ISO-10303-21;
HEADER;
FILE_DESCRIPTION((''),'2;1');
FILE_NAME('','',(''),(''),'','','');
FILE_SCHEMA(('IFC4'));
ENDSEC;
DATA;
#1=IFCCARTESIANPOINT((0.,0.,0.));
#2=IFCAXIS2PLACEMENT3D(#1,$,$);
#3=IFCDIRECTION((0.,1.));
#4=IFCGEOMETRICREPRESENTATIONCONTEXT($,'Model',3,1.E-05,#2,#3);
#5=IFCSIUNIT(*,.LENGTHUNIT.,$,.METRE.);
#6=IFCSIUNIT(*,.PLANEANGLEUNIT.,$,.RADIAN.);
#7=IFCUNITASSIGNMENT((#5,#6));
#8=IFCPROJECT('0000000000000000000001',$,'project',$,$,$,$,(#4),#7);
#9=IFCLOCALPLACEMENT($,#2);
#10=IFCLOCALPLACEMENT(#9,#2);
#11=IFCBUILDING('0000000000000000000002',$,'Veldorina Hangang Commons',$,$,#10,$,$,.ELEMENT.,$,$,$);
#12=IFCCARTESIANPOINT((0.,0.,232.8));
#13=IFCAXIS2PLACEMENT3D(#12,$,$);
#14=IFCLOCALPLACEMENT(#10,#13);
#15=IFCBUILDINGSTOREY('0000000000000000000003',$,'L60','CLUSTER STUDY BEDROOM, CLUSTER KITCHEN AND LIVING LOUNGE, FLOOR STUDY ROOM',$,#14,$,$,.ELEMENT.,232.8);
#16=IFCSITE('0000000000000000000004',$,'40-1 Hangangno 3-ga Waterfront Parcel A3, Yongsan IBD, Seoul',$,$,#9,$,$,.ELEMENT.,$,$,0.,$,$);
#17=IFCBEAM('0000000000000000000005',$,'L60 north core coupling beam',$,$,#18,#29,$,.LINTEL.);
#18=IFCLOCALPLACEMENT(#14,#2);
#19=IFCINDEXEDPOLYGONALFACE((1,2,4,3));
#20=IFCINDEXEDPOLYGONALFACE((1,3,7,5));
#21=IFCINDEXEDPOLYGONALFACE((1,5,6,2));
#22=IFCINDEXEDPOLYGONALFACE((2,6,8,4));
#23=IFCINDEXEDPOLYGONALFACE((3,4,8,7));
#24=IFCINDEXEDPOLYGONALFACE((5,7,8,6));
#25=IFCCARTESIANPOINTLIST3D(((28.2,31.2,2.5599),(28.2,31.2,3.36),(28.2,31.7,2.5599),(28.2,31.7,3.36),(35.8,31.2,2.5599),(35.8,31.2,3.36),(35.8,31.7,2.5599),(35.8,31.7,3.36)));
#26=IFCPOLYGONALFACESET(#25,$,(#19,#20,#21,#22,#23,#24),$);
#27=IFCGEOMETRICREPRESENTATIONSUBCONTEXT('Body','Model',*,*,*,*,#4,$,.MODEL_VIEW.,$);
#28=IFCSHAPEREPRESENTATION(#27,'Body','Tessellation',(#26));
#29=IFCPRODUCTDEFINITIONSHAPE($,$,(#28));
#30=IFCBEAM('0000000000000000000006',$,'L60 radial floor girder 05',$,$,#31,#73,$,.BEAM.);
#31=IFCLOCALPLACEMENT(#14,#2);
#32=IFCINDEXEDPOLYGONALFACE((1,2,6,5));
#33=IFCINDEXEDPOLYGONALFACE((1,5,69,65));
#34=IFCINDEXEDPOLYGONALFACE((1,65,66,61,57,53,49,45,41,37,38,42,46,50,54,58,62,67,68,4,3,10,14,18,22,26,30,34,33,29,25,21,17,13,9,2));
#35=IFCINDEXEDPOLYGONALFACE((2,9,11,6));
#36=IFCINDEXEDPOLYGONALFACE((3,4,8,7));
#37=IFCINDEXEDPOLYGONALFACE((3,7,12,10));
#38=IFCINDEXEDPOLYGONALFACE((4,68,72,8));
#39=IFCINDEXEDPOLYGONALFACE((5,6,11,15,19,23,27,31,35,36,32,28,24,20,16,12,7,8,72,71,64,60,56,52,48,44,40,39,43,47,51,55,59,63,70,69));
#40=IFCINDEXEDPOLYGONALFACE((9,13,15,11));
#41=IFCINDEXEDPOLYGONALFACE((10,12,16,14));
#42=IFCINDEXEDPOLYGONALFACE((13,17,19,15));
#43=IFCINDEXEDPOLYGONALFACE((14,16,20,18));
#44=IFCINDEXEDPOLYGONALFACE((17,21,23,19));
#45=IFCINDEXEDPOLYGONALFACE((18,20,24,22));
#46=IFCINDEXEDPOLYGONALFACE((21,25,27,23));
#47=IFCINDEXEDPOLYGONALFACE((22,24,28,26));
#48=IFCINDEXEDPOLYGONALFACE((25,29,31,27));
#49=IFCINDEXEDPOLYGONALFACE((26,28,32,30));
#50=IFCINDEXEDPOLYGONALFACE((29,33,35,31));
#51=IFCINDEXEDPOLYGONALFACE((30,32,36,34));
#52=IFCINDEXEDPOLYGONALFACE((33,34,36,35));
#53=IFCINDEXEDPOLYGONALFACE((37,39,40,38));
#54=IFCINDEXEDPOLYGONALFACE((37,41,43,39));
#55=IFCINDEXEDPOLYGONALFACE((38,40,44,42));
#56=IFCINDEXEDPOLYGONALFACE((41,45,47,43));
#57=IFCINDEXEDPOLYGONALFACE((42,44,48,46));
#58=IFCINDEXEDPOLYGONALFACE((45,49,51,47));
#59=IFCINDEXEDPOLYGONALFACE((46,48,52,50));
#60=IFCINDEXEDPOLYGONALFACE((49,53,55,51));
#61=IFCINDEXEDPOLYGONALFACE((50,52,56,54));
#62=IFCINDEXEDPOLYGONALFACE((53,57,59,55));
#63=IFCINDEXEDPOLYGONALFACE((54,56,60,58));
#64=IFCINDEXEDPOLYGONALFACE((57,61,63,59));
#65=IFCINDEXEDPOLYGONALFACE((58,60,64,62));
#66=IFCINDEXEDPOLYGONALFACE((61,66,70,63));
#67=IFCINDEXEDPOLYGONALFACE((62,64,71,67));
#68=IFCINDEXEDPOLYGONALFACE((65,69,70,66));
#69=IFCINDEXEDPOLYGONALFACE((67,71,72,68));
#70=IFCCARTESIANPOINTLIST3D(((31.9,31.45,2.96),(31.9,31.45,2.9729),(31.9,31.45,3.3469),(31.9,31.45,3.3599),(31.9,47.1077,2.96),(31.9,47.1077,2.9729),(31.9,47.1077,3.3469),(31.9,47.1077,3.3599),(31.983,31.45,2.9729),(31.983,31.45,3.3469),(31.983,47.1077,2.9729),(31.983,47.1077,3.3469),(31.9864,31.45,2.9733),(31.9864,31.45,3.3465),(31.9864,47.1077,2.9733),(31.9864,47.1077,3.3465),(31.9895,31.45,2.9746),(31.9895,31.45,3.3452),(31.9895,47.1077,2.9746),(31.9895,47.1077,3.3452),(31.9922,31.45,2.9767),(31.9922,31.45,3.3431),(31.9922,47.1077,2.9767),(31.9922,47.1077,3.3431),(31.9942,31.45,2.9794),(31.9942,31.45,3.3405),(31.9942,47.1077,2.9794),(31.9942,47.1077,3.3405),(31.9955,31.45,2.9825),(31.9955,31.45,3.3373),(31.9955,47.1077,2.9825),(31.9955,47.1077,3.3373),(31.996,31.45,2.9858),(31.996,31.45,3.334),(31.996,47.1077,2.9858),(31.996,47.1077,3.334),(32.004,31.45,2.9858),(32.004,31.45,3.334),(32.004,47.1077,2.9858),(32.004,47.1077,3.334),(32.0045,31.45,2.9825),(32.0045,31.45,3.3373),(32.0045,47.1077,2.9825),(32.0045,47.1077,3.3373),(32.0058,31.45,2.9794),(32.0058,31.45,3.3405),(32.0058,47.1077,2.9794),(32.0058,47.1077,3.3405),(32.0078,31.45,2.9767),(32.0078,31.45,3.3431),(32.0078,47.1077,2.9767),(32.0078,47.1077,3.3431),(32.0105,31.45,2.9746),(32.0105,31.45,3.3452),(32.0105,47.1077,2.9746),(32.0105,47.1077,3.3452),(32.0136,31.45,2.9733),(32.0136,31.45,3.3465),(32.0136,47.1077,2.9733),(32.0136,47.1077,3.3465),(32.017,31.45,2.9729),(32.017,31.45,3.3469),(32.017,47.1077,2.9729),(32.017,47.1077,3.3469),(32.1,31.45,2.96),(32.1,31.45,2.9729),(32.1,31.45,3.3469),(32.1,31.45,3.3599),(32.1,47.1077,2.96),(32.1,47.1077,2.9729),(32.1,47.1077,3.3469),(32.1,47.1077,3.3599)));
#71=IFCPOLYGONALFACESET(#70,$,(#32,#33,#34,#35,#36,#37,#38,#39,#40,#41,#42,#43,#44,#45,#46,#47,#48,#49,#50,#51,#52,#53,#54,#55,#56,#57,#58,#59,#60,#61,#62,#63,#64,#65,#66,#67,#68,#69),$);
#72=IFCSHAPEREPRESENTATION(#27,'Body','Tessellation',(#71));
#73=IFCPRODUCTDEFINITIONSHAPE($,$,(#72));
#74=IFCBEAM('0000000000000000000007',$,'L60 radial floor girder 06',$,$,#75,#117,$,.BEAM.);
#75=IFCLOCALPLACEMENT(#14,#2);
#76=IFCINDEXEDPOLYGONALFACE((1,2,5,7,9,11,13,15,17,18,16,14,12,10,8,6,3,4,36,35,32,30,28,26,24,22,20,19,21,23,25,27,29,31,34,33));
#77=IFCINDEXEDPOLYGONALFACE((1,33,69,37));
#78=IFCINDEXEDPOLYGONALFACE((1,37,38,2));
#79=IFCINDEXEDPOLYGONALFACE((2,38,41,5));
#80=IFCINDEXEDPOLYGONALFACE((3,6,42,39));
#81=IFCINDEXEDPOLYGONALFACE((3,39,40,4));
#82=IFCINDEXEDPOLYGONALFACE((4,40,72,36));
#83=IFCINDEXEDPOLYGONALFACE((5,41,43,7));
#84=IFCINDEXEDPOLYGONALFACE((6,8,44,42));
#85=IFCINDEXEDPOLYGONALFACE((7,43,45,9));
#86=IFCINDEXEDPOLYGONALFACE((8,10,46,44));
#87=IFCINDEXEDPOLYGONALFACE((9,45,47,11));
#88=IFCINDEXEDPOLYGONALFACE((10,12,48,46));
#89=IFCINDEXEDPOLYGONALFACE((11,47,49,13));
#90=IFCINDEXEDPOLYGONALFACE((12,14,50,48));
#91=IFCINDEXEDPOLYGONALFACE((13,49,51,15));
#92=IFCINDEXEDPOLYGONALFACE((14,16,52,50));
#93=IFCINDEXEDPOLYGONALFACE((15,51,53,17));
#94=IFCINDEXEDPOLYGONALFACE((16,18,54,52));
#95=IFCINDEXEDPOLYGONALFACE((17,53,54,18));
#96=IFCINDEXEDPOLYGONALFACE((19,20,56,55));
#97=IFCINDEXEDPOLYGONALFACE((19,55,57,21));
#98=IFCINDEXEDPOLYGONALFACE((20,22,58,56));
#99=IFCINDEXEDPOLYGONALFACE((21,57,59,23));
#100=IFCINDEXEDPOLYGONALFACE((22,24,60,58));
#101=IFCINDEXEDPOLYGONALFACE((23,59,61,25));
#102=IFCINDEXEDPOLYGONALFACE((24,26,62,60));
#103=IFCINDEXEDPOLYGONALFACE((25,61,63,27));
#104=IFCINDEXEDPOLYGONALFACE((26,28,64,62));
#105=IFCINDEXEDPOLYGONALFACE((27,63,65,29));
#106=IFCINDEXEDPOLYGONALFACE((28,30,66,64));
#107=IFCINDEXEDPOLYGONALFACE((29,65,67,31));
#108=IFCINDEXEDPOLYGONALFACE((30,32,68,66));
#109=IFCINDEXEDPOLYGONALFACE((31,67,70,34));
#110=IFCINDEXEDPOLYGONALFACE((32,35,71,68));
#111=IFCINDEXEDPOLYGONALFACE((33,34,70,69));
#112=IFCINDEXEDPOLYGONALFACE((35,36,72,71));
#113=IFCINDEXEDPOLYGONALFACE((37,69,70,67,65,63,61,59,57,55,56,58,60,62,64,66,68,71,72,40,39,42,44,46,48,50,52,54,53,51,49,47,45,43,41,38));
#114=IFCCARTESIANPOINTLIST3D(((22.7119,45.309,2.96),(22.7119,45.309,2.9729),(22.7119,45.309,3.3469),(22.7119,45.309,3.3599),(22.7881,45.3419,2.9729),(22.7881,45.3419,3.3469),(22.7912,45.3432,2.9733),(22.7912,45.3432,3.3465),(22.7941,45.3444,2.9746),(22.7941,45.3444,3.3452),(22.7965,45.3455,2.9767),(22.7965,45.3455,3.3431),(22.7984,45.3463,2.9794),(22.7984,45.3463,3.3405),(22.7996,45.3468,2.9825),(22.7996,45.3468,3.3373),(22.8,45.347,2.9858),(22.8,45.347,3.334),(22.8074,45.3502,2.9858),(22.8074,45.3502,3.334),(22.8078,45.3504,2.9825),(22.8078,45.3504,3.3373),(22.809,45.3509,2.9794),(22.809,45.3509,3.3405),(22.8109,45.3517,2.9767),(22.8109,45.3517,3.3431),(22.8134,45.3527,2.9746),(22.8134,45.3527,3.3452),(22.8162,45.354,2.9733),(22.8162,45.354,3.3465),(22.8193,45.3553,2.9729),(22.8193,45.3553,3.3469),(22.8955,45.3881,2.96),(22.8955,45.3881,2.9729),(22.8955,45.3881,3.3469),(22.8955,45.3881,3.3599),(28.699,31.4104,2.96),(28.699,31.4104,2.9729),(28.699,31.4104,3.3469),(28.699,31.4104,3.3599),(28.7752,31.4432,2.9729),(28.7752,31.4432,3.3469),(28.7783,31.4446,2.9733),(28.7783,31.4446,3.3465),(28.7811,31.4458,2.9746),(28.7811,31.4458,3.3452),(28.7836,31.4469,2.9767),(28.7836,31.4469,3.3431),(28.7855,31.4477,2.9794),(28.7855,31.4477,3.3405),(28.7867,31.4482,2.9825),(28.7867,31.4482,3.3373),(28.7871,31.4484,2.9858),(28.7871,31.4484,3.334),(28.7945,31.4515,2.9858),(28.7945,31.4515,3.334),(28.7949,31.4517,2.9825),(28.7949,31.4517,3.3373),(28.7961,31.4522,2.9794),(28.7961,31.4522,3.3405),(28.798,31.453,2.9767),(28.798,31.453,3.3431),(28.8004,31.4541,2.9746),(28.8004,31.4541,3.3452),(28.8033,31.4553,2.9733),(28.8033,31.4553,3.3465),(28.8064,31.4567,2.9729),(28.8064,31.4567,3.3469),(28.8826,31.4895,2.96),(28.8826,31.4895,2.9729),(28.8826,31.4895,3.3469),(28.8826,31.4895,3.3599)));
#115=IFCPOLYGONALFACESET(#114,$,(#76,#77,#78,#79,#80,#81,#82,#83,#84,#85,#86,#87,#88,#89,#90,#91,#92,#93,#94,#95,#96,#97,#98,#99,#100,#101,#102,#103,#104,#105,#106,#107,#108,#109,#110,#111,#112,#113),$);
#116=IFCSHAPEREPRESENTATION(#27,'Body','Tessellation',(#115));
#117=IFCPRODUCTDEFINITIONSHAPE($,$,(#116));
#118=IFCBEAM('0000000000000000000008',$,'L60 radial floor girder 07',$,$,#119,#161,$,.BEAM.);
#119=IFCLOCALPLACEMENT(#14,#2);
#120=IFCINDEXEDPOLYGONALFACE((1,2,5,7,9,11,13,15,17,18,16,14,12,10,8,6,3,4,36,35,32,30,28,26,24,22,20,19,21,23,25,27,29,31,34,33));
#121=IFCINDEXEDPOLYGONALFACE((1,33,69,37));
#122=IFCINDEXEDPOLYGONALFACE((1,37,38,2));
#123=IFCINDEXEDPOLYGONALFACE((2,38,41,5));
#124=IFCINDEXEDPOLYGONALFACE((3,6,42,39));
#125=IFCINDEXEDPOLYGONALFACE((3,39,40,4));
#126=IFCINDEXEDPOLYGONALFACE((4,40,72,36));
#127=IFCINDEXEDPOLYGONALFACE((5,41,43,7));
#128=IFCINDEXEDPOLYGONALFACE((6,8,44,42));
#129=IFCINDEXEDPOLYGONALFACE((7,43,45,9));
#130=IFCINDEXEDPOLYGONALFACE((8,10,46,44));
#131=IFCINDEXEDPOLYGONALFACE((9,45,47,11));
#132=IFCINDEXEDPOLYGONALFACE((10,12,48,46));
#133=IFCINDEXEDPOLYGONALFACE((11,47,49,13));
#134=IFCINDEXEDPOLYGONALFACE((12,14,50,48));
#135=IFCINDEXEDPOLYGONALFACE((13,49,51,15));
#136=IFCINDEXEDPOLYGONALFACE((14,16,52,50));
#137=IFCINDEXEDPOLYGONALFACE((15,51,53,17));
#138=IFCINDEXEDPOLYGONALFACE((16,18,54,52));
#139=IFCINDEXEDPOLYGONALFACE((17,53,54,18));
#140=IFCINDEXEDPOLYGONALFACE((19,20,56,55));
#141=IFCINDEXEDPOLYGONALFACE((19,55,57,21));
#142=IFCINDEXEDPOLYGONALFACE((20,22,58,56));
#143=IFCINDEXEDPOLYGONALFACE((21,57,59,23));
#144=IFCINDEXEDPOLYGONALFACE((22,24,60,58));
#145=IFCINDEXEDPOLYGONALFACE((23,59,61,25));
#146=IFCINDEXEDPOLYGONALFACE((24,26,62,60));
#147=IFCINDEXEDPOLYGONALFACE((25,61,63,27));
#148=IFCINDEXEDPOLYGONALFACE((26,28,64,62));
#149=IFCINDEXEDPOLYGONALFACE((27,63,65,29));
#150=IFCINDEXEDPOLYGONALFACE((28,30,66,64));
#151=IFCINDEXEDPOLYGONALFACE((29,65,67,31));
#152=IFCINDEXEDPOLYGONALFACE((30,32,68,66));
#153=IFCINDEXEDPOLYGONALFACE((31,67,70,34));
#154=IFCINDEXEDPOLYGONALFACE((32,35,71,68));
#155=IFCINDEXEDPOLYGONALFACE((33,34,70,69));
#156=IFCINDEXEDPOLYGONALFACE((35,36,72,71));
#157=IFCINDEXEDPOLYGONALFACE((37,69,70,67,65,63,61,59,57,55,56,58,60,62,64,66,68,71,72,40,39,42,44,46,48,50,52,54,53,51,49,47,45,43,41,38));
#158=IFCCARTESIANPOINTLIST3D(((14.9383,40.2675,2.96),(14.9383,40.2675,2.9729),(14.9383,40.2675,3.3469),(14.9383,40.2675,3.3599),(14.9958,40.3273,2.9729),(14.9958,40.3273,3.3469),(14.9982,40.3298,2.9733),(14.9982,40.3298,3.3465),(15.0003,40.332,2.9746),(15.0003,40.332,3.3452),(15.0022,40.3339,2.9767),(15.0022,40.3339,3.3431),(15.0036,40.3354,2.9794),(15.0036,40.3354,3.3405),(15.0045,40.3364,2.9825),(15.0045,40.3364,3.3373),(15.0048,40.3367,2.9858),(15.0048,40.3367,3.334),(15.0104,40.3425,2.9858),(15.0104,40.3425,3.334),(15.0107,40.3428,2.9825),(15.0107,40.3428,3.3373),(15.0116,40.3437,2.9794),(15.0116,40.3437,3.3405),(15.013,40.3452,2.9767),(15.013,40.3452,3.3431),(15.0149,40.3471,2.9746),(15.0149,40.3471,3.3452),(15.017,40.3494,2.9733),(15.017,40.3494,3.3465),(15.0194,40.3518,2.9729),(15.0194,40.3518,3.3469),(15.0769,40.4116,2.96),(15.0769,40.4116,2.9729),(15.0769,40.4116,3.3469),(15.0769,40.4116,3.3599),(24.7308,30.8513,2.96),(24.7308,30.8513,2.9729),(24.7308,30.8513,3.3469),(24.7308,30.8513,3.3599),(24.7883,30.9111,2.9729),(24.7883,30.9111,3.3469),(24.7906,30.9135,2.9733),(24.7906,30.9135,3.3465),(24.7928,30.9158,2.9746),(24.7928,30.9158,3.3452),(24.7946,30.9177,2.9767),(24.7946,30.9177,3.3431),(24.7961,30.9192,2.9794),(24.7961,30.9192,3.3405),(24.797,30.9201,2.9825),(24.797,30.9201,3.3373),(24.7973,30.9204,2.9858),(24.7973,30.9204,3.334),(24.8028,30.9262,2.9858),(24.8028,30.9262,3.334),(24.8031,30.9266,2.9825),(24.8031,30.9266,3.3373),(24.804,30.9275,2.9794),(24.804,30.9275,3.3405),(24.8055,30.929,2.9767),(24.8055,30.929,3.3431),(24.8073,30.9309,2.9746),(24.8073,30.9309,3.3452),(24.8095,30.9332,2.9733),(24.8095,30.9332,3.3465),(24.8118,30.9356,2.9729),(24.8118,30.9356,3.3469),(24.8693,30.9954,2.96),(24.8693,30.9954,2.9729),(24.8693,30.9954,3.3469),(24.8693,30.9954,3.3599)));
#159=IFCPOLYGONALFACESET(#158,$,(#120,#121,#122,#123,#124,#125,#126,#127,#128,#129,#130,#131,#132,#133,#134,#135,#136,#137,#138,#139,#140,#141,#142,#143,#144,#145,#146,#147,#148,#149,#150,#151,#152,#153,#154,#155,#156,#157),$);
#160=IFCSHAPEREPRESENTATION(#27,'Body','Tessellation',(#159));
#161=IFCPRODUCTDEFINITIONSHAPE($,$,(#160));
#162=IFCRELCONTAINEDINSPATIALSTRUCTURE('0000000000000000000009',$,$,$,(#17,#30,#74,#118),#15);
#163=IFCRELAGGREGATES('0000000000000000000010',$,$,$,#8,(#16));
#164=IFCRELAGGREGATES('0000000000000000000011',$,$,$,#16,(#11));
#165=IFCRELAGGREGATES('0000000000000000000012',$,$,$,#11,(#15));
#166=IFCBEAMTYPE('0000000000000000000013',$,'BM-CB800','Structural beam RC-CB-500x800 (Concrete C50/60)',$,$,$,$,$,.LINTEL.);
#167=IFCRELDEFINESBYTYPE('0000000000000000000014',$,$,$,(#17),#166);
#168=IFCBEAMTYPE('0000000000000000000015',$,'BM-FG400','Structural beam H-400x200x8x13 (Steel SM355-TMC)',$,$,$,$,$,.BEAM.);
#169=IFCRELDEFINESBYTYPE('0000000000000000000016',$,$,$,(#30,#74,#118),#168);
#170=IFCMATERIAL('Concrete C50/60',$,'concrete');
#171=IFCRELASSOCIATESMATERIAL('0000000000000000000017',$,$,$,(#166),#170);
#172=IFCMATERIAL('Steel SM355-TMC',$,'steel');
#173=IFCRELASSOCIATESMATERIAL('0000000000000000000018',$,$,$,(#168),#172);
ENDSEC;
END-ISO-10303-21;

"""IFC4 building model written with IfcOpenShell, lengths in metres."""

from ifc_helpers import new_model, si_unit, direction, frame, origin, origin_2d, place, context, subcontext, project, spatial, rectangle, i_section, extrude, material, material_profile, profile_set, type_object, element, save


model = new_model("IFC4")

# Units and contexts
model_context = context("Model", 3, precision=1e-05, world=origin(), true_north=direction((0.0, 1.0)))
body_context = subcontext(model_context, "Body", "Model", "MODEL_VIEW")
ifc_project = project(units=[si_unit("LENGTHUNIT", "METRE"), si_unit("PLANEANGLEUNIT", "RADIAN")], contexts=[model_context])

# Site, building, storey
site_placement = place(None, origin())
site = spatial("IfcSite", under=ifc_project, at=site_placement, Name="40-1 Hangangno 3-ga Waterfront Parcel A3, Yongsan IBD, Seoul", CompositionType="ELEMENT", RefElevation=0.0)
building_placement = place(site_placement, origin())
building = spatial("IfcBuilding", under=site, at=building_placement, Name="Veldorina Hangang Commons", CompositionType="ELEMENT")
storey_placement = place(building_placement, frame((0.0, 0.0, 232.8)))
storey = spatial("IfcBuildingStorey", under=building, at=storey_placement, Name="L60", Description="CLUSTER STUDY BEDROOM, CLUSTER KITCHEN AND LIVING LOUNGE, FLOOR STUDY ROOM", CompositionType="ELEMENT", Elevation=232.8)

# Beams
ifc_material_1 = material(Name="Concrete C50/60", Category="concrete")
ifc_material_profile_1 = material_profile(ifc_material_1, rectangle(XDim=0.5, YDim=0.8, at=origin_2d()), Name="RC-CB-500x800")
ifc_profile_set_1 = profile_set([ifc_material_profile_1], Name="Concrete C50/60")
beam_type_1 = type_object("IfcBeamType", Name="BM-CB800", Description="Structural beam RC-CB-500x800 (Concrete C50/60)", PredefinedType="LINTEL", material=ifc_profile_set_1)
beam_1_placement = place(storey_placement, frame((28.2, 31.45, 2.96), z_axis=(1.0, 0.0, 0.0), x_axis=(0.0, 1.0, 0.0)))
element("IfcBeam", 1, at=beam_1_placement, inside=storey, type_object=beam_type_1, Name="L60 north core coupling beam", PredefinedType="LINTEL", context=body_context, shape_type="SweptSolid", body=[
    extrude(rectangle(XDim=0.5, YDim=0.8, at=origin_2d()), origin(), (0.0, 0.0, 1.0), 7.6001),
])
ifc_material_2 = material(Name="Steel SM355-TMC", Category="steel")
ifc_material_profile_2 = material_profile(ifc_material_2, i_section(OverallWidth=0.2, OverallDepth=0.3999, WebThickness=0.0081, FlangeThickness=0.0129, FilletRadius=0.0129, at=origin_2d()), Name="H-400x200x8x13")
ifc_profile_set_2 = profile_set([ifc_material_profile_2], Name="Steel SM355-TMC")
beam_type_2 = type_object("IfcBeamType", Name="BM-FG400", Description="Structural beam H-400x200x8x13 (Steel SM355-TMC)", PredefinedType="BEAM", material=ifc_profile_set_2)
beam_2_placement = place(storey_placement, frame((32.0, 31.45, 3.1599), z_axis=(0.0, 1.0, 0.0), x_axis=(-1.0, 0.0, 0.0)))
element("IfcBeam", 2, at=beam_2_placement, inside=storey, type_object=beam_type_2, Name="L60 radial floor girder 05", PredefinedType="BEAM", context=body_context, shape_type="SweptSolid", body=[
    extrude(i_section(OverallWidth=0.2, OverallDepth=0.3999, WebThickness=0.0081, FlangeThickness=0.0129, FilletRadius=0.0129, at=origin_2d()), origin(), (0.0, 0.0, 1.0), 15.6577),
])
beam_3_placement = place(storey_placement, frame((28.7908, 31.45, 3.1599), z_axis=(-0.39562, 0.918414, 0.0), x_axis=(-0.918414, -0.39562, 0.0)))
element("IfcBeam", 3, at=beam_3_placement, inside=storey, type_object=beam_type_2, Name="L60 radial floor girder 06", PredefinedType="BEAM", context=body_context, shape_type="SweptSolid", body=[
    extrude(i_section(OverallWidth=0.2, OverallDepth=0.3999, WebThickness=0.0081, FlangeThickness=0.0129, FilletRadius=0.0129, at=origin_2d()), origin(), (0.0, 0.0, 1.0), 15.1333),
])
beam_4_placement = place(storey_placement, frame((24.8, 30.9233, 3.1599), z_axis=(-0.720818, 0.693125, 0.0), x_axis=(-0.693125, -0.720818, 0.0)))
element("IfcBeam", 4, at=beam_4_placement, inside=storey, type_object=beam_type_2, Name="L60 radial floor girder 07", PredefinedType="BEAM", context=body_context, shape_type="SweptSolid", body=[
    extrude(i_section(OverallWidth=0.2, OverallDepth=0.3999, WebThickness=0.0081, FlangeThickness=0.0129, FilletRadius=0.0129, at=origin_2d()), origin(), (0.0, 0.0, 1.0), 13.5852),
])

save(model, "model.ifc")
